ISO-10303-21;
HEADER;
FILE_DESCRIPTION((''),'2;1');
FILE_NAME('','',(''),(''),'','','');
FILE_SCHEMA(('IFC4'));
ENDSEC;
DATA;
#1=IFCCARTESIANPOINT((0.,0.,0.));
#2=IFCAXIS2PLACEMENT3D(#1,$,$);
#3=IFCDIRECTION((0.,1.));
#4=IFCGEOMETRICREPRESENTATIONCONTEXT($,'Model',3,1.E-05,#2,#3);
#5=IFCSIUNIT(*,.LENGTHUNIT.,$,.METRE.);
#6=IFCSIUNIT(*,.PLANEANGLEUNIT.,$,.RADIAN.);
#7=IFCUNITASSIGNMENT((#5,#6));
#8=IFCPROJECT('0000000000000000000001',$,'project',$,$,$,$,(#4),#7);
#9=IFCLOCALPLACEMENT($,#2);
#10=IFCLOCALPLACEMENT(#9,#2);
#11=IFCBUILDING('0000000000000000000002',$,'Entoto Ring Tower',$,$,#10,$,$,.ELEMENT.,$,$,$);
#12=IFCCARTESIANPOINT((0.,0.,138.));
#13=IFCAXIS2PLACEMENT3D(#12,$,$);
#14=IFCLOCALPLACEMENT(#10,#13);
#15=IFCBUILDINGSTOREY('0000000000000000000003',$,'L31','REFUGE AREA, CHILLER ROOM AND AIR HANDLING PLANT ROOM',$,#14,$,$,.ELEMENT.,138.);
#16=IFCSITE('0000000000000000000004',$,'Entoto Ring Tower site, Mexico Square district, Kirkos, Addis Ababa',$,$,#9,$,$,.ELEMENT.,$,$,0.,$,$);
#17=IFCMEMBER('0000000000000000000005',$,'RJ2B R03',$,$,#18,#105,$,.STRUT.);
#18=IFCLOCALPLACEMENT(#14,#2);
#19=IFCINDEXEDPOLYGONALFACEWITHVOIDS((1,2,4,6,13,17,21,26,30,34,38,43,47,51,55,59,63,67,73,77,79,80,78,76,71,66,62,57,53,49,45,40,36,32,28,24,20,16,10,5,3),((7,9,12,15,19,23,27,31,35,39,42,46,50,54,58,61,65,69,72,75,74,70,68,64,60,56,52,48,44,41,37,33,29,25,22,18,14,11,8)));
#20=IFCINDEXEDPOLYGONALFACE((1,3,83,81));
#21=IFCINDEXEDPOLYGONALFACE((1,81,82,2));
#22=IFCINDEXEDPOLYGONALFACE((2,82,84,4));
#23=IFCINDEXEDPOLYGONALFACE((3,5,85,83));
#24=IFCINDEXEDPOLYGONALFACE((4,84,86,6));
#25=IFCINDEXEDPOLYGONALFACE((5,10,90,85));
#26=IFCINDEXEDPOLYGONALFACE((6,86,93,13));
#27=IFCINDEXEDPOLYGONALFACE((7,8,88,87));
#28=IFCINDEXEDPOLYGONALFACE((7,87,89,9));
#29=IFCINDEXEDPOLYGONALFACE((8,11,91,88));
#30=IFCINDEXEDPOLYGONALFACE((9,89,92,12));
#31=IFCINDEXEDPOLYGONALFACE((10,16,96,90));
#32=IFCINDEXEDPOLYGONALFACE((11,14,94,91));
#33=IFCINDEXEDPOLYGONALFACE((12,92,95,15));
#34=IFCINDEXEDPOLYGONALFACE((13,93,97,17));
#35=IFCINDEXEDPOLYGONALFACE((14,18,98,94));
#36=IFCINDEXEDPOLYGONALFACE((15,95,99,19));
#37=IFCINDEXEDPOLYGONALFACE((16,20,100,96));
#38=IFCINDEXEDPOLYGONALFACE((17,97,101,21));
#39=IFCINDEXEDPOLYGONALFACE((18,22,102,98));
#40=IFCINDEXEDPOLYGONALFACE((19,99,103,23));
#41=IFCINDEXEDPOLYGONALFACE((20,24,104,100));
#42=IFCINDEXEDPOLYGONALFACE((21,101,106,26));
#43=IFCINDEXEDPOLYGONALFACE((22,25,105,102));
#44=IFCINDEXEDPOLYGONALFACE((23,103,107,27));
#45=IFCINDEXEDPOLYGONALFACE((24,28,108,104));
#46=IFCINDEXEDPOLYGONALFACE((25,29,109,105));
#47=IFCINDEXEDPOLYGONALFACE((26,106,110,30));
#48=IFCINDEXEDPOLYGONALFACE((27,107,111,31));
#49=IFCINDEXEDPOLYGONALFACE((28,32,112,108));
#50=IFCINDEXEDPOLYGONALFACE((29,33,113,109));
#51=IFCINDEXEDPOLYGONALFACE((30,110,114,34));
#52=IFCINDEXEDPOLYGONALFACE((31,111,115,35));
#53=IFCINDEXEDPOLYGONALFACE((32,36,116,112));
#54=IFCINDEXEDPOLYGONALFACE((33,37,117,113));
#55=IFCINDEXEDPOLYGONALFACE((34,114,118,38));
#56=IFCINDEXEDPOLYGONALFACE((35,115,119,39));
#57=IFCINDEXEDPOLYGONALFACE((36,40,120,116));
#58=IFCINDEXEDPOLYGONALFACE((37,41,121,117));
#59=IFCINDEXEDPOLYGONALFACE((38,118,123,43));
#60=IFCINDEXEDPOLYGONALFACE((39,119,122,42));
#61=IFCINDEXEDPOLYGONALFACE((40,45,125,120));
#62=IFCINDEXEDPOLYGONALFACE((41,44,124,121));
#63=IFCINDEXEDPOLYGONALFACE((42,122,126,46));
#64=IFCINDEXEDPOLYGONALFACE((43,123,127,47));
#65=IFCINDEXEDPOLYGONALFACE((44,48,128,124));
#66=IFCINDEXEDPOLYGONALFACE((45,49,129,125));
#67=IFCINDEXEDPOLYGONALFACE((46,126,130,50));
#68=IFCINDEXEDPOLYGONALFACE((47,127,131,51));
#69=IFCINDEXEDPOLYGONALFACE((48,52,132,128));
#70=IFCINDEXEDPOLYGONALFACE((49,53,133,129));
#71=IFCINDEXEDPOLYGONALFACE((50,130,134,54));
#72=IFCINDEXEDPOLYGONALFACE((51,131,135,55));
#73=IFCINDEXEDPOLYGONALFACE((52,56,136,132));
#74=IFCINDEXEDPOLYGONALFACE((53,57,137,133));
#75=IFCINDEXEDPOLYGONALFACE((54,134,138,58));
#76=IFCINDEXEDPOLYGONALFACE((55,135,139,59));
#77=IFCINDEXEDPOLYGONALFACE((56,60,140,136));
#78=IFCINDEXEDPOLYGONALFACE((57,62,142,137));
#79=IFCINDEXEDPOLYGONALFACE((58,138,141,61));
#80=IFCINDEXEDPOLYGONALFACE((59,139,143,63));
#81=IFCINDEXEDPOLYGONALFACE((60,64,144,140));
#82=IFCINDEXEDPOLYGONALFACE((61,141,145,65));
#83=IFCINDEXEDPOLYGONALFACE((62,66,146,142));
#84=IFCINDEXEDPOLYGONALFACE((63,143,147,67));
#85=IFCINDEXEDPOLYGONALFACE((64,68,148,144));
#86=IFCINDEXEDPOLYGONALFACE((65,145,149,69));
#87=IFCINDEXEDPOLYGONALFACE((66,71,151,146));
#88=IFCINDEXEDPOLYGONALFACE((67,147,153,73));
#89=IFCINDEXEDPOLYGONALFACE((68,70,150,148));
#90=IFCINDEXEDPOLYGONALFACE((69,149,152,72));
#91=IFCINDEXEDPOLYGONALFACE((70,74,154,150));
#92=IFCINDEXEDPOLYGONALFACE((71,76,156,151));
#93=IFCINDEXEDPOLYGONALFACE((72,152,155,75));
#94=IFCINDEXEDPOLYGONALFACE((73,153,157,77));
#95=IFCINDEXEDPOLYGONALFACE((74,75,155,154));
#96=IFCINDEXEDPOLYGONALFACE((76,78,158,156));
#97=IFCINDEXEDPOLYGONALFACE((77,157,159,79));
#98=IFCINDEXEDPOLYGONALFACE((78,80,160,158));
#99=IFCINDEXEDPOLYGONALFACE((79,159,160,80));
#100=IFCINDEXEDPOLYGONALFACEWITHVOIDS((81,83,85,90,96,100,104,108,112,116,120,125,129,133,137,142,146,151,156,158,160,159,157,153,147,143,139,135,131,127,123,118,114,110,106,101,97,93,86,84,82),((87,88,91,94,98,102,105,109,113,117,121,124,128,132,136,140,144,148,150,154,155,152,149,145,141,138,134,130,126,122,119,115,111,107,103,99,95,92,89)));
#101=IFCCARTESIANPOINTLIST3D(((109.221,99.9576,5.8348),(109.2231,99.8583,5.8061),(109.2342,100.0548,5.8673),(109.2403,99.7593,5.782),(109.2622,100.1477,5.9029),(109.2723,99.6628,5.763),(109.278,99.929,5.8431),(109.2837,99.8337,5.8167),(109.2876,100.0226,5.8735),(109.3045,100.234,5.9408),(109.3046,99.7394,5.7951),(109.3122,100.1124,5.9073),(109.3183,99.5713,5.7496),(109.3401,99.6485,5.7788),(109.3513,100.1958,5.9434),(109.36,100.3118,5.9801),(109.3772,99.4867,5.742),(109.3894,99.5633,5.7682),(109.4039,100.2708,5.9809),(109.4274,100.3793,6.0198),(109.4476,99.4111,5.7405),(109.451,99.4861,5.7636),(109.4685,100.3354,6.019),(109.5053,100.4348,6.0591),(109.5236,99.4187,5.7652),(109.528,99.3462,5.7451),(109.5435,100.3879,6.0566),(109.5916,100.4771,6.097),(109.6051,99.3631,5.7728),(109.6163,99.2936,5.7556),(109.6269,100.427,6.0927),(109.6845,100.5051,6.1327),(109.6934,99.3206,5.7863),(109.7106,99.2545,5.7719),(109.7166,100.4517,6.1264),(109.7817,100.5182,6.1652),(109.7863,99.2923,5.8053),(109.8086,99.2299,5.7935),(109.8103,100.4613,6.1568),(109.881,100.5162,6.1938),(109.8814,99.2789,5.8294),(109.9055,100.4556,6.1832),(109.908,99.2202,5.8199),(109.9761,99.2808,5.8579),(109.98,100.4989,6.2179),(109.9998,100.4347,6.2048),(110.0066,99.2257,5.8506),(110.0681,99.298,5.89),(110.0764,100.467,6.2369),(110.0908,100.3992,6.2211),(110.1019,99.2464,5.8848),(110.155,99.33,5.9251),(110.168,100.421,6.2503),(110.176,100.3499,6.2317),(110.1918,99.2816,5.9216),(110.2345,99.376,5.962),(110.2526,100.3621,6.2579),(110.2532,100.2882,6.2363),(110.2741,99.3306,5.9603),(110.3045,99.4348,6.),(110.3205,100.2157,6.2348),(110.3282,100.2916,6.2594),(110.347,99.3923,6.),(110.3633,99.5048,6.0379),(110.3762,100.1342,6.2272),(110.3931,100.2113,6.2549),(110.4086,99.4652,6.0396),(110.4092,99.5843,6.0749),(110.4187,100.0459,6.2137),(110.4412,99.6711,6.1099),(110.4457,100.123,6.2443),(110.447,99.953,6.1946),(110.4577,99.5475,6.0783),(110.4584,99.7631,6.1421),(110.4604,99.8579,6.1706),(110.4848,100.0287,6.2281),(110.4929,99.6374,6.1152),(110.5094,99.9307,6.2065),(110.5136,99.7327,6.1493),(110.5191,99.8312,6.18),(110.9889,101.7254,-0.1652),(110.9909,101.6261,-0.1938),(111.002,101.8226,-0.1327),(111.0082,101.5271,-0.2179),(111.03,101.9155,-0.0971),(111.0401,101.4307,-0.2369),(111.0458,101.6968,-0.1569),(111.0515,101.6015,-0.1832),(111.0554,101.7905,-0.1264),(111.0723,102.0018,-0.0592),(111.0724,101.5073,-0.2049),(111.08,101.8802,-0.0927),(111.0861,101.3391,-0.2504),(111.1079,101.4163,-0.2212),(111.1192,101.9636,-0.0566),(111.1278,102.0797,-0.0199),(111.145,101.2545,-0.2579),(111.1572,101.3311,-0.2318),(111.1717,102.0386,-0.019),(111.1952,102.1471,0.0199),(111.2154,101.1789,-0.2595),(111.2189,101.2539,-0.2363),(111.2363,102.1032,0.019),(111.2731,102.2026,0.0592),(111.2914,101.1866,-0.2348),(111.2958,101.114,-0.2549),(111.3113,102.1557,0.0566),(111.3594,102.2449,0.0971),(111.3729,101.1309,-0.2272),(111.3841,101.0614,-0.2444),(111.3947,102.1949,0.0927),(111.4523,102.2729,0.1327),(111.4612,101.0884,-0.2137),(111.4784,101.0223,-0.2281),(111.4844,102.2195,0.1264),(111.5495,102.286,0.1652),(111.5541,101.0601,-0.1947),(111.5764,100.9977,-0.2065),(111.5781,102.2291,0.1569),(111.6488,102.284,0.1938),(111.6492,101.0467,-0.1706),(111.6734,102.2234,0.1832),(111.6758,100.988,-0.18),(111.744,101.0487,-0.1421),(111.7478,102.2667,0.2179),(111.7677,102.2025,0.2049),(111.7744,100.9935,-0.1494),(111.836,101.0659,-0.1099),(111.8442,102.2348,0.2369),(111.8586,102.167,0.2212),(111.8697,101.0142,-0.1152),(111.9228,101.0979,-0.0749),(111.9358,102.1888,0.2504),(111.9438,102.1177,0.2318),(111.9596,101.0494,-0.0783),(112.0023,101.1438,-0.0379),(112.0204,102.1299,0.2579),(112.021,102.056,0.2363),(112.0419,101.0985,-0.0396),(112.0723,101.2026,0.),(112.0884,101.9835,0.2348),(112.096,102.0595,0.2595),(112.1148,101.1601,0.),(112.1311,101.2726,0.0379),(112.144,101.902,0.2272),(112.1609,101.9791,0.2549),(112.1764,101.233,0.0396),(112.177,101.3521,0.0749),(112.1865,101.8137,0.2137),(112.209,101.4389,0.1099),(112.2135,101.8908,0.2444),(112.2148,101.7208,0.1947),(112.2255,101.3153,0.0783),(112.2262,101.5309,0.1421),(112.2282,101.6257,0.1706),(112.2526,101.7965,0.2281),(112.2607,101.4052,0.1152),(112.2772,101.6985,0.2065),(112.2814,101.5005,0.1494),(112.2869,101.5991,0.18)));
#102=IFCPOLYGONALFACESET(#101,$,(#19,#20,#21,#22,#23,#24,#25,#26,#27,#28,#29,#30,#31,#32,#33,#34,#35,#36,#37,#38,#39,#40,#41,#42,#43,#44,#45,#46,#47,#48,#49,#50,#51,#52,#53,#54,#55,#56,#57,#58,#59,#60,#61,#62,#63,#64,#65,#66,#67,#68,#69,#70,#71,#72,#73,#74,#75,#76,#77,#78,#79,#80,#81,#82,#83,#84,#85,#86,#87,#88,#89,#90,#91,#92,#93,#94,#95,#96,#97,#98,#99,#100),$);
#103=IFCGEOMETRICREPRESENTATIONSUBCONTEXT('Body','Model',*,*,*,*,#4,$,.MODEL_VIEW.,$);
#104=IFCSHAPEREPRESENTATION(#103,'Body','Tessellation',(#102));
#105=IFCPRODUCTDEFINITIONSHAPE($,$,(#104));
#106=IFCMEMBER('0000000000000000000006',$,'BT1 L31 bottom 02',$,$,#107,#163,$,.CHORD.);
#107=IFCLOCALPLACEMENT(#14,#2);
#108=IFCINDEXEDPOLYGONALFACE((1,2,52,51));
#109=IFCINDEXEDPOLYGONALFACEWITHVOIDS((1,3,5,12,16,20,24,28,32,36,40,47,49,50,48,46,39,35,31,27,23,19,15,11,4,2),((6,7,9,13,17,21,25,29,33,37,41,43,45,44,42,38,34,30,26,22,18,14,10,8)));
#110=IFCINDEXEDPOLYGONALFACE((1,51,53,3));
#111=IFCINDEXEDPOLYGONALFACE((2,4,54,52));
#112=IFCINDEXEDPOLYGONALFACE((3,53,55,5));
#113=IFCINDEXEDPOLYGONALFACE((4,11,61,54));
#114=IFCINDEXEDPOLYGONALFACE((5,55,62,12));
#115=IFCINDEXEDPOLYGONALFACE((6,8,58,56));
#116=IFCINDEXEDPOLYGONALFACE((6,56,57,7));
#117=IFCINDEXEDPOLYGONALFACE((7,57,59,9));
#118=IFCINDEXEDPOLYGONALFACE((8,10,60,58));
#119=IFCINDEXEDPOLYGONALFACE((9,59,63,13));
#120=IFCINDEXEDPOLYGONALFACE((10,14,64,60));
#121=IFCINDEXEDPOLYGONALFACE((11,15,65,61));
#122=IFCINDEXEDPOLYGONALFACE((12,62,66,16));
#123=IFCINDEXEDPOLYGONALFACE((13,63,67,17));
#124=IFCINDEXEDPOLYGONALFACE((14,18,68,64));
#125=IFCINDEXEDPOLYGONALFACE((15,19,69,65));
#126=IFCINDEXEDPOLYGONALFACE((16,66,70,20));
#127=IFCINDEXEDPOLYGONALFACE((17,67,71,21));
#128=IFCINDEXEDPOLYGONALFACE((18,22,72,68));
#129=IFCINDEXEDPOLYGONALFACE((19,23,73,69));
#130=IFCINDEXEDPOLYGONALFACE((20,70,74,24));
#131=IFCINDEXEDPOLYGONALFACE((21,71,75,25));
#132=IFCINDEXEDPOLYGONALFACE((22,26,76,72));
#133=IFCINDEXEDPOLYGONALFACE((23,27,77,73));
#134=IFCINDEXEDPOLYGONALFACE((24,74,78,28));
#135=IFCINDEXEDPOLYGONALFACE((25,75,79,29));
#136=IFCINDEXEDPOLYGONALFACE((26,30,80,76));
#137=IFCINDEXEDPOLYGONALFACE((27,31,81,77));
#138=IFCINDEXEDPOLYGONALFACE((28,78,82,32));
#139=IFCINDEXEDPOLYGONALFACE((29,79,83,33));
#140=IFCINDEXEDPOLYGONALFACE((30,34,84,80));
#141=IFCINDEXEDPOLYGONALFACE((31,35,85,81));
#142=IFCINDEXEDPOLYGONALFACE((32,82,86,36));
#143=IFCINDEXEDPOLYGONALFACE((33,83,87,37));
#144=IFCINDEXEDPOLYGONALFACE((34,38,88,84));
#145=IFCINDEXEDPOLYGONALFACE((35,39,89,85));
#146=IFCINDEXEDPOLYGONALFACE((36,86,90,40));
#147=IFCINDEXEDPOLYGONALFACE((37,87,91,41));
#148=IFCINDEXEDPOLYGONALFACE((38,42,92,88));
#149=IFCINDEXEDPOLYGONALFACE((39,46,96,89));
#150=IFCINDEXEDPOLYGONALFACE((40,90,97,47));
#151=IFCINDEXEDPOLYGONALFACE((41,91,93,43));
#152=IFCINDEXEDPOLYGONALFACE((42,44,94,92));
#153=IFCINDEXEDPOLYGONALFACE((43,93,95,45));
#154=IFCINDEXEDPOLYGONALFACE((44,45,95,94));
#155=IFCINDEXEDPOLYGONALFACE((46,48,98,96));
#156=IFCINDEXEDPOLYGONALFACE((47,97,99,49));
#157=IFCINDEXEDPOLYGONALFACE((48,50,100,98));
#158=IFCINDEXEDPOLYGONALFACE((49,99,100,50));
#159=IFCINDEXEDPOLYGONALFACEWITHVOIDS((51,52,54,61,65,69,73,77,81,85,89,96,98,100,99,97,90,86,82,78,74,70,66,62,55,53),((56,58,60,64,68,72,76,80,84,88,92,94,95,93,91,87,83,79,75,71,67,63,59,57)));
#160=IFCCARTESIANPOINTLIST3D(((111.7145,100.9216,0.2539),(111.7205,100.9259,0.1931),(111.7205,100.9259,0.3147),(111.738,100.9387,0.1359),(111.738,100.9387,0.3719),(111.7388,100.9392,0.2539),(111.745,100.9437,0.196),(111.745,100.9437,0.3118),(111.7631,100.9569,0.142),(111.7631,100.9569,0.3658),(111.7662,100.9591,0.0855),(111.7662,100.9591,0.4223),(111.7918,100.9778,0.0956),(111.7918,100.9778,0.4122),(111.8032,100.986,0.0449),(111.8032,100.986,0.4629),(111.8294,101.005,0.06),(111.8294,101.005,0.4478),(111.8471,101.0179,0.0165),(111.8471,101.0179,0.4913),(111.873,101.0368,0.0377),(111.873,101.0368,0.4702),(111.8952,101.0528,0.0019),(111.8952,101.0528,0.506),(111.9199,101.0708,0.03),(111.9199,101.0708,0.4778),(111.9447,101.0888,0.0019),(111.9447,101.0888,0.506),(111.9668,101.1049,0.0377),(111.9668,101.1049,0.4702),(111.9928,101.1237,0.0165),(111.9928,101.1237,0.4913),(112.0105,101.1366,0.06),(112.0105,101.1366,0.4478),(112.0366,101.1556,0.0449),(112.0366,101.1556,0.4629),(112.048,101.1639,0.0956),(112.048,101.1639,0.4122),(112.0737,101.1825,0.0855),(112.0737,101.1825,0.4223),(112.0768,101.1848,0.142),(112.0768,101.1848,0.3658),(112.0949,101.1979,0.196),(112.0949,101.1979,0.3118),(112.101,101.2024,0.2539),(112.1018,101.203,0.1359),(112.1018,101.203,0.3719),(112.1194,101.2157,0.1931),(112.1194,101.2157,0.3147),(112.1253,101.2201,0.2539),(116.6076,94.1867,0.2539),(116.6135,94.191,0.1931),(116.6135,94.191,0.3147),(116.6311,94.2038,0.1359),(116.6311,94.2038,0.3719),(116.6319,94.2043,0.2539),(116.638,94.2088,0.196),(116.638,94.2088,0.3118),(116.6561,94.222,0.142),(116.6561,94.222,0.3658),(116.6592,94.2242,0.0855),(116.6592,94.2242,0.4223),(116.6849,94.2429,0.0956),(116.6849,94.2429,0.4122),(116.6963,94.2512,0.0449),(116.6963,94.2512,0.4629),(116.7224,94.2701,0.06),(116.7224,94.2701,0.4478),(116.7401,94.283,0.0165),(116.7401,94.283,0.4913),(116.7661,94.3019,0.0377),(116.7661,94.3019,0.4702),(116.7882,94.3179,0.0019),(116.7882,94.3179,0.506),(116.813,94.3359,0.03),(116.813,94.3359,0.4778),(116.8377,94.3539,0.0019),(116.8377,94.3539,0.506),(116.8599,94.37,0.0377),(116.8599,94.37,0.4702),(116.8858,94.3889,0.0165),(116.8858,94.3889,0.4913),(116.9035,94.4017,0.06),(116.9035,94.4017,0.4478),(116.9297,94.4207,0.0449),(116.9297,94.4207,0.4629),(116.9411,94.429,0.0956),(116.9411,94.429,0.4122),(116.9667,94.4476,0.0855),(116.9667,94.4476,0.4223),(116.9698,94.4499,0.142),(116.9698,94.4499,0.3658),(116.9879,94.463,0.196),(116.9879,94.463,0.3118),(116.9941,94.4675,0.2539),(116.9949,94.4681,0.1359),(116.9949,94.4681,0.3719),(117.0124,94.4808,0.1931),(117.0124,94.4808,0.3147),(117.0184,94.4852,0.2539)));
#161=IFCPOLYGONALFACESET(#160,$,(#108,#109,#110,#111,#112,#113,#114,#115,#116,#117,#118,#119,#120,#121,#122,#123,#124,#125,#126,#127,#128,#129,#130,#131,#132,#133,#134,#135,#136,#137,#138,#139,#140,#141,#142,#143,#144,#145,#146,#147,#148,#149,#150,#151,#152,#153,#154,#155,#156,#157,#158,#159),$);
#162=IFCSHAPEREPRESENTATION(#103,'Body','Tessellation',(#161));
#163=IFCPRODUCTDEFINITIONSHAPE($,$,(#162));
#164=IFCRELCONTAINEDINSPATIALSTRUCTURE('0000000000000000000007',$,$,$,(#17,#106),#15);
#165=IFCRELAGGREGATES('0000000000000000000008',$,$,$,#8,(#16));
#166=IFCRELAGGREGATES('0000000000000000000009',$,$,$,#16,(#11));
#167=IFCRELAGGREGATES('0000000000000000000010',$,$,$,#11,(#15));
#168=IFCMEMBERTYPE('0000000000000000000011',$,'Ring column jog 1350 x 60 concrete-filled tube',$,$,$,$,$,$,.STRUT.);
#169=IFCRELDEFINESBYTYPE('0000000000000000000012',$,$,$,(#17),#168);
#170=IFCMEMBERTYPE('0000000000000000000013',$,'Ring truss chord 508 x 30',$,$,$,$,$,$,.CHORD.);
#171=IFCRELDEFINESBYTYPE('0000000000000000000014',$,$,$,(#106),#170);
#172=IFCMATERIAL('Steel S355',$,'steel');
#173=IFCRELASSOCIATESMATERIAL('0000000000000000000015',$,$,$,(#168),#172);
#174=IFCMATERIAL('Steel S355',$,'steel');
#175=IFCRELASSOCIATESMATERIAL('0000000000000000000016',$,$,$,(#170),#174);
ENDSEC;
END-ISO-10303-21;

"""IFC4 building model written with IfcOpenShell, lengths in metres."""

from ifc_helpers import new_model, si_unit, direction, frame, origin, origin_2d, place, context, subcontext, project, spatial, circle, hollow_circle, extrude, material, material_profile, profile_set, type_object, element, save


model = new_model("IFC4")

# Units and contexts
model_context = context("Model", 3, precision=1e-05, world=origin(), true_north=direction((0.0, 1.0)))
body_context = subcontext(model_context, "Body", "Model", "MODEL_VIEW")
ifc_project = project(units=[si_unit("LENGTHUNIT", "METRE"), si_unit("PLANEANGLEUNIT", "RADIAN")], contexts=[model_context])

# Site, building, storey
site_placement = place(None, origin())
site = spatial("IfcSite", under=ifc_project, at=site_placement, Name="Entoto Ring Tower site, Mexico Square district, Kirkos, Addis Ababa", CompositionType="ELEMENT", RefElevation=0.0)
building_placement = place(site_placement, origin())
building = spatial("IfcBuilding", under=site, at=building_placement, Name="Entoto Ring Tower", CompositionType="ELEMENT")
storey_placement = place(building_placement, frame((0.0, 0.0, 138.0)))
storey = spatial("IfcBuildingStorey", under=building, at=storey_placement, Name="L31", Description="REFUGE AREA, CHILLER ROOM AND AIR HANDLING PLANT ROOM", CompositionType="ELEMENT", Elevation=138.0)

# Members
ifc_material_1 = material(Name="Steel S355", Category="steel")
ifc_material_profile_1 = material_profile(ifc_material_1, hollow_circle(Radius=0.675, WallThickness=0.0601, at=origin_2d()), Name="CHS 1350 x 60")
ifc_material_2 = material(Name="Concrete C60/75", Category="concrete")
ifc_material_profile_2 = material_profile(ifc_material_2, circle(Radius=0.615, at=origin_2d()), Name="Concrete C60/75 infill")
ifc_profile_set_1 = profile_set([ifc_material_profile_1, ifc_material_profile_2], Name="Steel S355")
member_type_1 = type_object("IfcMemberType", Name="Ring column jog 1350 x 60 concrete-filled tube", PredefinedType="STRUT", material=ifc_profile_set_1)
member_1_placement = place(storey_placement, frame((111.6375, 101.6375, 0.0), z_axis=(-0.271971, -0.271971, 0.923073), x_axis=(0.707107, -0.707107, 0.0)))
element("IfcMember", 1, at=member_1_placement, inside=storey, type_object=member_type_1, Name="RJ2B R03", PredefinedType="STRUT", context=body_context, shape_type="SweptSolid", body=[
    extrude(hollow_circle(Radius=0.675, WallThickness=0.0601, at=origin_2d()), origin(), (0.0, 0.0, 1.0), 6.5),
])
ifc_material_3 = material(Name="Steel S355", Category="steel")
ifc_material_profile_3 = material_profile(ifc_material_3, hollow_circle(Radius=0.2539, WallThickness=0.03, at=origin_2d()), Name="CHS 508 x 30")
ifc_material_4 = material(Name="Concrete C60/75", Category="concrete")
ifc_material_profile_4 = material_profile(ifc_material_4, circle(Radius=0.2241, at=origin_2d()), Name="Concrete C60/75 infill")
ifc_profile_set_2 = profile_set([ifc_material_profile_3, ifc_material_profile_4], Name="Steel S355")
member_type_2 = type_object("IfcMemberType", Name="Ring truss chord 508 x 30", PredefinedType="CHORD", material=ifc_profile_set_2)
for number, where, z_axis, x_axis, name in (
    (2, (116.813, 94.3359, 0.2539), (-0.587778, 0.809023, 0.0), (-0.809023, -0.587778, 0.0), "BT1 L31 bottom 02"),
):
    element("IfcMember", number, at=place(storey_placement, frame(where, z_axis=z_axis, x_axis=x_axis)), inside=storey, type_object=member_type_2, Name=name, PredefinedType="CHORD", context=body_context, shape_type="SweptSolid", body=[
        extrude(hollow_circle(Radius=0.2539, WallThickness=0.03, at=origin_2d()), origin(), (0.0, 0.0, 1.0), 8.3247),
    ])

save(model, "model.ifc")
